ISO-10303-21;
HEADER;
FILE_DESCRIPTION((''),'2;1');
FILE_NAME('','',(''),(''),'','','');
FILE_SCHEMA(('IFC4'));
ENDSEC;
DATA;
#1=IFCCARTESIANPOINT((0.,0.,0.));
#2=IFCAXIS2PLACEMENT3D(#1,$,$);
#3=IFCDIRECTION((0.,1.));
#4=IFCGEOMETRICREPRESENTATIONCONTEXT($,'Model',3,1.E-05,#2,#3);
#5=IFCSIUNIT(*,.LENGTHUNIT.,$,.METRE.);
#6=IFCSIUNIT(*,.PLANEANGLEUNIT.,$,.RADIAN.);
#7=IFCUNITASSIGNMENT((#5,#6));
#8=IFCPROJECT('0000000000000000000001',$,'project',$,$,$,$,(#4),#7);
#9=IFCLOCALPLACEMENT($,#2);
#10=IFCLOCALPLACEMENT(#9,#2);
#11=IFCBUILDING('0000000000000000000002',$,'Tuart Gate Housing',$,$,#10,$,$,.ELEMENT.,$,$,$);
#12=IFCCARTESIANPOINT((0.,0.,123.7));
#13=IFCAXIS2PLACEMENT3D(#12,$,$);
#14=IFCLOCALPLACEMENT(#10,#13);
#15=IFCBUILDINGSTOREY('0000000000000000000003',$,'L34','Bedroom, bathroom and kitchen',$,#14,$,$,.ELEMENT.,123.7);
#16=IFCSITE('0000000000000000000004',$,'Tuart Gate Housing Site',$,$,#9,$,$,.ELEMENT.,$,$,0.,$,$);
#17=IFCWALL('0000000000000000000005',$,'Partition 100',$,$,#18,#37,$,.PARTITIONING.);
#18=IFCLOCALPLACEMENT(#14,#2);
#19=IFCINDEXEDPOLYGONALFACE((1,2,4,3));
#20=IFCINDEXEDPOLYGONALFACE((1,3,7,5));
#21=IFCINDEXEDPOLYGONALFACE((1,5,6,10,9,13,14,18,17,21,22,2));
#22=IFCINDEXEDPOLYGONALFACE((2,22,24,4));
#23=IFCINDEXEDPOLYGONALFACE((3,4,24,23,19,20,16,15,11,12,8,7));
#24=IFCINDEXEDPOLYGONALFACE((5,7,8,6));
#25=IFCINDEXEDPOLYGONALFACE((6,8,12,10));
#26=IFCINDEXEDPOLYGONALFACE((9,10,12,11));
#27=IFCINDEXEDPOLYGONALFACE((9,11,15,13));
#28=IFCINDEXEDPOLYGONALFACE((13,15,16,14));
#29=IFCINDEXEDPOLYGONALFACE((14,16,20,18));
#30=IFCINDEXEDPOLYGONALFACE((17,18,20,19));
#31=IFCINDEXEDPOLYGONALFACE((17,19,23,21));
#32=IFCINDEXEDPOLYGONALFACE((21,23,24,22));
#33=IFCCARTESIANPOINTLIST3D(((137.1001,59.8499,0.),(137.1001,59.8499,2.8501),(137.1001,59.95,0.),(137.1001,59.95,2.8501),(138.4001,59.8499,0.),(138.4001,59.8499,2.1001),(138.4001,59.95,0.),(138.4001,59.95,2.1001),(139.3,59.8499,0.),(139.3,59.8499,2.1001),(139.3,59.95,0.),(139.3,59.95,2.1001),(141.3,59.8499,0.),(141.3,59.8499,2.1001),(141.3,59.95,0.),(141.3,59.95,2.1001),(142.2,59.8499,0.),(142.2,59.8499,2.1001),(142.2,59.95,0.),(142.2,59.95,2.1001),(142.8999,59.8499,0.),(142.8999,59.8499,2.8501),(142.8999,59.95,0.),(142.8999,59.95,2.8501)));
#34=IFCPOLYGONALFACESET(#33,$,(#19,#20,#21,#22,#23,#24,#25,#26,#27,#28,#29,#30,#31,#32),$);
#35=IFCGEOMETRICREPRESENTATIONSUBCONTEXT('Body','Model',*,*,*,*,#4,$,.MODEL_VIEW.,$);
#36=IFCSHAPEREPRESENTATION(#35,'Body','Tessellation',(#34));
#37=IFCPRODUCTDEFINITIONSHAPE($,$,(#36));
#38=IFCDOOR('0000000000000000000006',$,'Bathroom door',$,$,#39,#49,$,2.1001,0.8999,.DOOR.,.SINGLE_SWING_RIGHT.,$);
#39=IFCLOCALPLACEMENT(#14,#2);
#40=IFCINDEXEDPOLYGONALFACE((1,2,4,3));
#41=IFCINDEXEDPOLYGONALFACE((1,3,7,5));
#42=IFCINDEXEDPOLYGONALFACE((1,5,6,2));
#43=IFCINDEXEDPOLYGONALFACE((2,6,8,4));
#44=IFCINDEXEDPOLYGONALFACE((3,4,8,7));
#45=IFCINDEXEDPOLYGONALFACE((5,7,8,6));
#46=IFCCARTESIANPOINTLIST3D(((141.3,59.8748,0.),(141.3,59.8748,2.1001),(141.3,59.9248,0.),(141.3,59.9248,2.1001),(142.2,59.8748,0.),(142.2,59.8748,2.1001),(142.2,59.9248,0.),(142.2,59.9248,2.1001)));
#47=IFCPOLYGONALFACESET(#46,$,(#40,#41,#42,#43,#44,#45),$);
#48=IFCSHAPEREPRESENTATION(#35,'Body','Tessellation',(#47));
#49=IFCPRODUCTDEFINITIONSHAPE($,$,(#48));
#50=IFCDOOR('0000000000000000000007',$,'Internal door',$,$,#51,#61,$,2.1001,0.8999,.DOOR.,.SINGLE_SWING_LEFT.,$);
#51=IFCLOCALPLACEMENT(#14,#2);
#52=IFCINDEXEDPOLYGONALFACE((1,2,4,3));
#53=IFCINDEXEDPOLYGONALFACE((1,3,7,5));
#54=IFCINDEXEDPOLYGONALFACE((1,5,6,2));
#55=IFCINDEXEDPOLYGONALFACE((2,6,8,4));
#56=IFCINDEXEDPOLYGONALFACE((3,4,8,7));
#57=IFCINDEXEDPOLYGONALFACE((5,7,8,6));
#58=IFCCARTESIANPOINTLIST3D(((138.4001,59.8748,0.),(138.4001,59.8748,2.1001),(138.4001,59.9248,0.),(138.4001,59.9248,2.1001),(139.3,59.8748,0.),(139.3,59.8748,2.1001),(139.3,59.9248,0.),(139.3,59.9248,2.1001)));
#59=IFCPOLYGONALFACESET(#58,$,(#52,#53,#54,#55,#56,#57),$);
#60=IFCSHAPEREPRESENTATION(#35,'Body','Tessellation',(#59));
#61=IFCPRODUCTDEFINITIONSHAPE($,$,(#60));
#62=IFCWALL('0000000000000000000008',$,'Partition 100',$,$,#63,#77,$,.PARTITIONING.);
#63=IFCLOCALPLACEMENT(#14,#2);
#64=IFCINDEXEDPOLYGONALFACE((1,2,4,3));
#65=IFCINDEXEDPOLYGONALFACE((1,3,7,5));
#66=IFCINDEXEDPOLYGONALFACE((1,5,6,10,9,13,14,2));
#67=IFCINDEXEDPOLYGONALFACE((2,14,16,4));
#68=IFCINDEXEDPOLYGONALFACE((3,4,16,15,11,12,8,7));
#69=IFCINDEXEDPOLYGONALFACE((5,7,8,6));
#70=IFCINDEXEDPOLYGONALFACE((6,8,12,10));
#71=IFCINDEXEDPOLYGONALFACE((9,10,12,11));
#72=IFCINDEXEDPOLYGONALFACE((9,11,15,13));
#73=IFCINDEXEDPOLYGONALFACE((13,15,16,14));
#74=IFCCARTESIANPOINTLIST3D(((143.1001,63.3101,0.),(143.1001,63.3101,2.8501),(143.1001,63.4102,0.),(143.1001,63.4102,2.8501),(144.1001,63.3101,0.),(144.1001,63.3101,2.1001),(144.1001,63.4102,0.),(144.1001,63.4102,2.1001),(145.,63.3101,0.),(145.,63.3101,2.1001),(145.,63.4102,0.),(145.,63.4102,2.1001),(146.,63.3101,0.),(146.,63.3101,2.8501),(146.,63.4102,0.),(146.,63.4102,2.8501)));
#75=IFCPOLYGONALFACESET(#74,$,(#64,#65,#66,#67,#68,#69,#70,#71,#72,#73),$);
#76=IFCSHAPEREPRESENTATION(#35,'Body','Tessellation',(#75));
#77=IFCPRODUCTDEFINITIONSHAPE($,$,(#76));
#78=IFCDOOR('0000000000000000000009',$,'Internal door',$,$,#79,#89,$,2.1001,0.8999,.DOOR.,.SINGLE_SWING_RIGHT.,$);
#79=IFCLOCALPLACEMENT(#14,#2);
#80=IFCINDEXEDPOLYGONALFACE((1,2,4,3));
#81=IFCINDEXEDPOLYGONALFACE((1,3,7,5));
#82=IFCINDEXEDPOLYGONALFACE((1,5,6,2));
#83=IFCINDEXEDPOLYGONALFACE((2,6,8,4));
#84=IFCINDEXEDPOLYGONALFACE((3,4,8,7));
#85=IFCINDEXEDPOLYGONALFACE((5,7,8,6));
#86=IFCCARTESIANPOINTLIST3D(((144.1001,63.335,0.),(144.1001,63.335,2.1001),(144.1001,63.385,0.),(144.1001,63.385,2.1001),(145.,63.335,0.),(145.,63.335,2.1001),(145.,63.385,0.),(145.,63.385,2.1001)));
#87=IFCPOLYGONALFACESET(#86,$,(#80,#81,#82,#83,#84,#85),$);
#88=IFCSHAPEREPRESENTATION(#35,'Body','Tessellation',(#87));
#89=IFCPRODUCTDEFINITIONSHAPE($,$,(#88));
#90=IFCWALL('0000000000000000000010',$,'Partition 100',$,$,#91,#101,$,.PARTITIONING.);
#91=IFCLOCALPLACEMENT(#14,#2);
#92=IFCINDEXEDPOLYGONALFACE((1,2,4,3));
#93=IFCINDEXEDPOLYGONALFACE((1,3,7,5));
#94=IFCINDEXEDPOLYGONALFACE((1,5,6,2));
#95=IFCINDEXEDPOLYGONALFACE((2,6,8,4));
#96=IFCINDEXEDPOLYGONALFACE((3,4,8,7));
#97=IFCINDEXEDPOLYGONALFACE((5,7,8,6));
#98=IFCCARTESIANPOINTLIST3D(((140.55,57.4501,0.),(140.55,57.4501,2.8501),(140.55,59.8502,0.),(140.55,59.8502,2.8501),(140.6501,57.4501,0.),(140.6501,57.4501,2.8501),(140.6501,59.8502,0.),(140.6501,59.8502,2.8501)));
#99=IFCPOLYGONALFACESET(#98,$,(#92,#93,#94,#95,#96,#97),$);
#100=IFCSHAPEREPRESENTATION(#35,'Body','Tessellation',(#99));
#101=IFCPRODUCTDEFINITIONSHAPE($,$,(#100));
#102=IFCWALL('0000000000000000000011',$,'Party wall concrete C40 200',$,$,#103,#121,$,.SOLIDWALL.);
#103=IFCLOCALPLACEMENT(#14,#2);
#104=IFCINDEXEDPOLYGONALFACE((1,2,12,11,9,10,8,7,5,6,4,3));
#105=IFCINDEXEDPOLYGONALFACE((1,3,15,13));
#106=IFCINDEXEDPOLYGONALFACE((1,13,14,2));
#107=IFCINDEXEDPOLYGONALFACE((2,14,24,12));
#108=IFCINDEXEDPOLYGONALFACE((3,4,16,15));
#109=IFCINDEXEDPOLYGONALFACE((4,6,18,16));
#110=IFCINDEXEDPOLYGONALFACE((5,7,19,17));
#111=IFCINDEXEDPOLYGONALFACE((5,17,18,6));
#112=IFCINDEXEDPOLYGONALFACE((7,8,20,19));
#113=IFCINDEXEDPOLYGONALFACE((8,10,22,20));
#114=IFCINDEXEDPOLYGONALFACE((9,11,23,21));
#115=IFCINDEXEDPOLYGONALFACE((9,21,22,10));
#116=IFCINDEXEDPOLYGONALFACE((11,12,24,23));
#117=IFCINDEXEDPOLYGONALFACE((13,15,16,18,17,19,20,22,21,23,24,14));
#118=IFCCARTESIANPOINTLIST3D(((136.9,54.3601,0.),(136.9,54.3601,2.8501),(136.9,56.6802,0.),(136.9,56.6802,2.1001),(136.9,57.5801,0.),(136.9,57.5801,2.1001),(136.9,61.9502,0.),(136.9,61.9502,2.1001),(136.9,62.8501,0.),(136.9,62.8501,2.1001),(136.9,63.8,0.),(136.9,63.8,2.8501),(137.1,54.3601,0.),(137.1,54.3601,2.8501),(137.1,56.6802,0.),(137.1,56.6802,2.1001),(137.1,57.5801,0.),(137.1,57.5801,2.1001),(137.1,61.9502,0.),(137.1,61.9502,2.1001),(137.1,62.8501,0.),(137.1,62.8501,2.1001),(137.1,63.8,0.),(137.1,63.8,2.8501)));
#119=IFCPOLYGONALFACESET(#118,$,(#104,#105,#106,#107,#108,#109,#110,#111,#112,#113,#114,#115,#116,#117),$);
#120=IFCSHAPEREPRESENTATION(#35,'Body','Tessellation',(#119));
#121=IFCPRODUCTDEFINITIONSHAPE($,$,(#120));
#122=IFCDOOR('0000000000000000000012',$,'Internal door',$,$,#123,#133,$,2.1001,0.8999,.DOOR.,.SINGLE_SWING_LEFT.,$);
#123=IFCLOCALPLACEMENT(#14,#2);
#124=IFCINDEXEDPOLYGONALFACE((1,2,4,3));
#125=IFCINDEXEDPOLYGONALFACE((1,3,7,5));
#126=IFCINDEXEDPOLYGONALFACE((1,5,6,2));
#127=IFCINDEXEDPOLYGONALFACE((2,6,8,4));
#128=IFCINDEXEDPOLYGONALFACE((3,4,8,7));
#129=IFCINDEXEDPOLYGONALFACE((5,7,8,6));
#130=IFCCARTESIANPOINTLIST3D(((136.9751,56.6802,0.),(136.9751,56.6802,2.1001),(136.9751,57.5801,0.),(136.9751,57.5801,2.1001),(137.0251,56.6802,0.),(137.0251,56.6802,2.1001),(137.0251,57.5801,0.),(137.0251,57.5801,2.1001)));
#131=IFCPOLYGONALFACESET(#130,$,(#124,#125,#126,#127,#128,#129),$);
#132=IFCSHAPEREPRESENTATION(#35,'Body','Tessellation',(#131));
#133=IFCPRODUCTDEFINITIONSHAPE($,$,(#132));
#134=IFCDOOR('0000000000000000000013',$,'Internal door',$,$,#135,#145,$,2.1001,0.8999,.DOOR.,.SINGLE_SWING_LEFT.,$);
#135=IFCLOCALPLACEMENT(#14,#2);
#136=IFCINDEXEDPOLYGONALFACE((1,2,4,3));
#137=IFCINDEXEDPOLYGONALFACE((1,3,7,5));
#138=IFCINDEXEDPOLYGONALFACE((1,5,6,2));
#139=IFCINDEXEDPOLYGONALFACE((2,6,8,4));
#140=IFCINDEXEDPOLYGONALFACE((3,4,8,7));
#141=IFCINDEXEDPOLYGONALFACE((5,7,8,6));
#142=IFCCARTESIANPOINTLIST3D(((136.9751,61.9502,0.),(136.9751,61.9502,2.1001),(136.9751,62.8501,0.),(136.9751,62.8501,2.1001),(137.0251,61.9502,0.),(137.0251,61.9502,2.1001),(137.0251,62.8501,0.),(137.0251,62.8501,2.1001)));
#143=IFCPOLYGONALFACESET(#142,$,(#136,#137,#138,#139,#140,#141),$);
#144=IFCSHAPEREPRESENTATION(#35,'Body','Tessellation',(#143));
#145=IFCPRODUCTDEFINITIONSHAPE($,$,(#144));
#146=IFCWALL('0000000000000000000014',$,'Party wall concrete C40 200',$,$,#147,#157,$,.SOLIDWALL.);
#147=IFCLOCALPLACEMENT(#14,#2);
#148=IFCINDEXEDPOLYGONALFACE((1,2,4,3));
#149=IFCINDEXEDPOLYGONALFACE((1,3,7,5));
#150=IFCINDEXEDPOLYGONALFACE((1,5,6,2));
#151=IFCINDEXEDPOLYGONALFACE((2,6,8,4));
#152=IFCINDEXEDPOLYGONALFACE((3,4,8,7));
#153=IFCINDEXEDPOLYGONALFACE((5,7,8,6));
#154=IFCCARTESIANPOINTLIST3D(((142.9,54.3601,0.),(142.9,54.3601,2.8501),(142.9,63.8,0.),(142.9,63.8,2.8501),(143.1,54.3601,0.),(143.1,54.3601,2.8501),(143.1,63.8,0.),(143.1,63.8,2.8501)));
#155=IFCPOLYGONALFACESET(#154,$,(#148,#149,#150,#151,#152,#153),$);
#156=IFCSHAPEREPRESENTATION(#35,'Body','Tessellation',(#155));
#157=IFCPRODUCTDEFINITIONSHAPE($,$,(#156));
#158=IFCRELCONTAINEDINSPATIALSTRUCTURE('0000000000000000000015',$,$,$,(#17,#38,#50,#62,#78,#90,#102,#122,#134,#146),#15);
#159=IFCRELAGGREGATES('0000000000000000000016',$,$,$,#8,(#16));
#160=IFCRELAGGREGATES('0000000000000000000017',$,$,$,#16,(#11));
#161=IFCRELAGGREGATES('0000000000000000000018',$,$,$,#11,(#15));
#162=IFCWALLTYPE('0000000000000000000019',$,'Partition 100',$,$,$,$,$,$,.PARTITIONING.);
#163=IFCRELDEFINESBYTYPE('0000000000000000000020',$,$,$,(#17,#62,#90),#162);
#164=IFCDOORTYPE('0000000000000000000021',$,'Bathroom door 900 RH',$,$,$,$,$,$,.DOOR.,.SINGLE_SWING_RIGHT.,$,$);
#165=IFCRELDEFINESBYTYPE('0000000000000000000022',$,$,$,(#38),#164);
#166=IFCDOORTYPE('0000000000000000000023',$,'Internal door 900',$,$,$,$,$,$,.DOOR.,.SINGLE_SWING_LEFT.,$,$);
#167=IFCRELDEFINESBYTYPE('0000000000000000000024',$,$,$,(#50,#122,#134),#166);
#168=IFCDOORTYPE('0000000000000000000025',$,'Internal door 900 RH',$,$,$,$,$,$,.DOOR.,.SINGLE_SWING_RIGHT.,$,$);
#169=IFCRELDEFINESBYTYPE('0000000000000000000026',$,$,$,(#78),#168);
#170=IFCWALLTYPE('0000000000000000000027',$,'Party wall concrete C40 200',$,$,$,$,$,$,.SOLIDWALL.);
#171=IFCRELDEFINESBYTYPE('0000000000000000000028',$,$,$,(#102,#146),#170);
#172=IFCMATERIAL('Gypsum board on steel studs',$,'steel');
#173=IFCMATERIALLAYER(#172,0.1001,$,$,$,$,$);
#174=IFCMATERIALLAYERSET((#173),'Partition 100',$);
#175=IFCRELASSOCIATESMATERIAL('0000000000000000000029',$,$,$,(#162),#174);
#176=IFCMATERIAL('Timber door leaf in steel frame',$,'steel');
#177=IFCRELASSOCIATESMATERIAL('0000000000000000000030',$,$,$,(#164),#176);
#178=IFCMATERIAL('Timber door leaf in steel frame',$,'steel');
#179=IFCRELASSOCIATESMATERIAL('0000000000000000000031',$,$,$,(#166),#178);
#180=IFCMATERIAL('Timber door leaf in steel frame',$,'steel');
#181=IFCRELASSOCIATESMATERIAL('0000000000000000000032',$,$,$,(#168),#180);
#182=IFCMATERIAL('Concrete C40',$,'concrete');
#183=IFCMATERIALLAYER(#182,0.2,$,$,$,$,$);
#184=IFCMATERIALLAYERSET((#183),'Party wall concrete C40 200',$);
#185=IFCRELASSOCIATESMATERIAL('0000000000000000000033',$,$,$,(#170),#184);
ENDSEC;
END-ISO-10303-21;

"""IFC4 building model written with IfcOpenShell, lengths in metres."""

from ifc_helpers import new_model, si_unit, direction, frame, frame_2d, origin, place, context, subcontext, project, spatial, rectangle, extrude, material, layer, layer_set, type_object, element, fill, save


model = new_model("IFC4")

# Units and contexts
model_context = context("Model", 3, precision=1e-05, world=origin(), true_north=direction((0.0, 1.0)))
body_context = subcontext(model_context, "Body", "Model", "MODEL_VIEW")
ifc_project = project(units=[si_unit("LENGTHUNIT", "METRE"), si_unit("PLANEANGLEUNIT", "RADIAN")], contexts=[model_context])

# Site, building, storey
site_placement = place(None, origin())
site = spatial("IfcSite", under=ifc_project, at=site_placement, Name="Tuart Gate Housing Site", CompositionType="ELEMENT", RefElevation=0.0)
building_placement = place(site_placement, origin())
building = spatial("IfcBuilding", under=site, at=building_placement, Name="Tuart Gate Housing", CompositionType="ELEMENT")
storey_placement = place(building_placement, frame((0.0, 0.0, 123.7)))
storey = spatial("IfcBuildingStorey", under=building, at=storey_placement, Name="L34", Description="Bedroom, bathroom and kitchen", CompositionType="ELEMENT", Elevation=123.7)

# Shared definitions
ifc_material_1 = material(Name="Gypsum board on steel studs", Category="steel")
ifc_layer_1 = layer(ifc_material_1, 0.1001)
ifc_layer_set_1 = layer_set([ifc_layer_1], Name="Partition 100")
wall_type_1 = type_object("IfcWallType", Name="Partition 100", PredefinedType="PARTITIONING", material=ifc_layer_set_1)

# Wall, openings, doors
wall_1_placement = place(storey_placement, frame((137.1001, 59.8999, 0.0), z_axis=(0.0, 0.0, 1.0), x_axis=(1.0, 0.0, 0.0)))
wall_1 = element("IfcWall", 1, at=wall_1_placement, inside=storey, type_object=wall_type_1, Name="Partition 100", PredefinedType="PARTITIONING", context=body_context, shape_type="SweptSolid", body=[
    extrude(rectangle(XDim=5.7998, YDim=0.1001, at=frame_2d((2.8999, 0.0))), origin(), (0.0, 0.0, 1.0), 2.8501),
])
opening_1_placement = place(wall_1_placement, frame((1.3, 0.0, 0.0)))
opening_1 = element("IfcOpeningElement", 2, at=opening_1_placement, cuts=wall_1, PredefinedType="OPENING", context=body_context, shape_type="SweptSolid", body=[
    extrude(rectangle(XDim=0.8999, YDim=2.1001, at=frame_2d((0.45, 1.05))), frame((0.0, 0.0601, 0.0), z_axis=(0.0, -1.0, 0.0), x_axis=(1.0, 0.0, 0.0)), (0.0, 0.0, 1.0), 0.1201),
])
opening_2_placement = place(wall_1_placement, frame((4.2, 0.0, 0.0)))
opening_2 = element("IfcOpeningElement", 3, at=opening_2_placement, cuts=wall_1, PredefinedType="OPENING", context=body_context, shape_type="SweptSolid", body=[
    extrude(rectangle(XDim=0.8999, YDim=2.1001, at=frame_2d((0.45, 1.05))), frame((0.0, 0.0601, 0.0), z_axis=(0.0, -1.0, 0.0), x_axis=(1.0, 0.0, 0.0)), (0.0, 0.0, 1.0), 0.1201),
])
ifc_material_2 = material(Name="Timber door leaf in steel frame", Category="steel")
door_type_1 = type_object("IfcDoorType", Name="Bathroom door 900 RH", OperationType="SINGLE_SWING_RIGHT", PredefinedType="DOOR", material=ifc_material_2)
door_1_placement = place(opening_2_placement, frame((0.8999, 0.0, 0.0), z_axis=(0.0, 0.0, 1.0), x_axis=(-1.0, 0.0, 0.0)))
door_1 = element("IfcDoor", 4, at=door_1_placement, inside=storey, type_object=door_type_1, Name="Bathroom door", OperationType="SINGLE_SWING_RIGHT", OverallHeight=2.1001, OverallWidth=0.8999, PredefinedType="DOOR", context=body_context, shape_type="SweptSolid", body=[
    extrude(rectangle(XDim=0.8999, YDim=2.1001, at=frame_2d((0.45, 1.05))), frame((0.0, 0.0251, 0.0), z_axis=(0.0, -1.0, 0.0), x_axis=(1.0, 0.0, 0.0)), (0.0, 0.0, 1.0), 0.05),
])
fill(opening_2, door_1)
ifc_material_3 = material(Name="Timber door leaf in steel frame", Category="steel")
door_type_2 = type_object("IfcDoorType", Name="Internal door 900", OperationType="SINGLE_SWING_LEFT", PredefinedType="DOOR", material=ifc_material_3)
door_2_placement = place(opening_1_placement, origin())
door_2 = element("IfcDoor", 5, at=door_2_placement, inside=storey, type_object=door_type_2, Name="Internal door", OperationType="SINGLE_SWING_LEFT", OverallHeight=2.1001, OverallWidth=0.8999, PredefinedType="DOOR", context=body_context, shape_type="SweptSolid", body=[
    extrude(rectangle(XDim=0.8999, YDim=2.1001, at=frame_2d((0.45, 1.05))), frame((0.0, 0.0249, 0.0), z_axis=(0.0, -1.0, 0.0), x_axis=(1.0, 0.0, 0.0)), (0.0, 0.0, 1.0), 0.05),
])
fill(opening_1, door_2)

# Wall, opening, door
wall_2_placement = place(storey_placement, frame((143.1001, 63.3601, 0.0), z_axis=(0.0, 0.0, 1.0), x_axis=(1.0, 0.0, 0.0)))
wall_2 = element("IfcWall", 6, at=wall_2_placement, inside=storey, type_object=wall_type_1, Name="Partition 100", PredefinedType="PARTITIONING", context=body_context, shape_type="SweptSolid", body=[
    extrude(rectangle(XDim=2.8999, YDim=0.1001, at=frame_2d((1.45, 0.0))), origin(), (0.0, 0.0, 1.0), 2.8501),
])
opening_3_placement = place(wall_2_placement, frame((1.0, 0.0, 0.0)))
opening_3 = element("IfcOpeningElement", 7, at=opening_3_placement, cuts=wall_2, PredefinedType="OPENING", context=body_context, shape_type="SweptSolid", body=[
    extrude(rectangle(XDim=0.8999, YDim=2.1001, at=frame_2d((0.45, 1.05))), frame((0.0, 0.0601, 0.0), z_axis=(0.0, -1.0, 0.0), x_axis=(1.0, 0.0, 0.0)), (0.0, 0.0, 1.0), 0.1201),
])
ifc_material_4 = material(Name="Timber door leaf in steel frame", Category="steel")
door_type_3 = type_object("IfcDoorType", Name="Internal door 900 RH", OperationType="SINGLE_SWING_RIGHT", PredefinedType="DOOR", material=ifc_material_4)
door_3_placement = place(opening_3_placement, origin())
door_3 = element("IfcDoor", 8, at=door_3_placement, inside=storey, type_object=door_type_3, Name="Internal door", OperationType="SINGLE_SWING_RIGHT", OverallHeight=2.1001, OverallWidth=0.8999, PredefinedType="DOOR", context=body_context, shape_type="SweptSolid", body=[
    extrude(rectangle(XDim=0.8999, YDim=2.1001, at=frame_2d((0.45, 1.05))), frame((0.0, 0.0249, 0.0), z_axis=(0.0, -1.0, 0.0), x_axis=(1.0, 0.0, 0.0)), (0.0, 0.0, 1.0), 0.05),
])
fill(opening_3, door_3)

# Wall
wall_3_placement = place(storey_placement, frame((140.6001, 57.45, 0.0), z_axis=(0.0, 0.0, 1.0), x_axis=(0.0, 1.0, 0.0)))
element("IfcWall", 9, at=wall_3_placement, inside=storey, type_object=wall_type_1, Name="Partition 100", PredefinedType="PARTITIONING", context=body_context, shape_type="SweptSolid", body=[
    extrude(rectangle(XDim=2.4001, YDim=0.1001, at=frame_2d((1.2002, 0.0))), origin(), (0.0, 0.0, 1.0), 2.8501),
])

# Wall, openings, doors
ifc_material_5 = material(Name="Concrete C40", Category="concrete")
ifc_layer_2 = layer(ifc_material_5, 0.2)
ifc_layer_set_2 = layer_set([ifc_layer_2], Name="Party wall concrete C40 200")
wall_type_2 = type_object("IfcWallType", Name="Party wall concrete C40 200", PredefinedType="SOLIDWALL", material=ifc_layer_set_2)
wall_4_placement = place(storey_placement, frame((137.0, 54.3601, 0.0), z_axis=(0.0, 0.0, 1.0), x_axis=(0.0, 1.0, 0.0)))
wall_4 = element("IfcWall", 10, at=wall_4_placement, inside=storey, type_object=wall_type_2, Name="Party wall concrete C40 200", PredefinedType="SOLIDWALL", context=body_context, shape_type="SweptSolid", body=[
    extrude(rectangle(XDim=9.4399, YDim=0.2, at=frame_2d((4.72, 0.0))), origin(), (0.0, 0.0, 1.0), 2.8501),
])
opening_4_placement = place(wall_4_placement, frame((2.3201, 0.0, 0.0)))
opening_4 = element("IfcOpeningElement", 11, at=opening_4_placement, cuts=wall_4, PredefinedType="OPENING", context=body_context, shape_type="SweptSolid", body=[
    extrude(rectangle(XDim=0.8999, YDim=2.1001, at=frame_2d((0.45, 1.05))), frame((0.0, 0.1099, 0.0), z_axis=(0.0, -1.0, 0.0), x_axis=(1.0, 0.0, 0.0)), (0.0, 0.0, 1.0), 0.22),
])
opening_5_placement = place(wall_4_placement, frame((7.5901, 0.0, 0.0)))
opening_5 = element("IfcOpeningElement", 12, at=opening_5_placement, cuts=wall_4, PredefinedType="OPENING", context=body_context, shape_type="SweptSolid", body=[
    extrude(rectangle(XDim=0.8999, YDim=2.1001, at=frame_2d((0.45, 1.05))), frame((0.0, 0.1099, 0.0), z_axis=(0.0, -1.0, 0.0), x_axis=(1.0, 0.0, 0.0)), (0.0, 0.0, 1.0), 0.22),
])
door_4_placement = place(opening_4_placement, origin())
door_4 = element("IfcDoor", 13, at=door_4_placement, inside=storey, type_object=door_type_2, Name="Internal door", OperationType="SINGLE_SWING_LEFT", OverallHeight=2.1001, OverallWidth=0.8999, PredefinedType="DOOR", context=body_context, shape_type="SweptSolid", body=[
    extrude(rectangle(XDim=0.8999, YDim=2.1001, at=frame_2d((0.45, 1.05))), frame((0.0, 0.0249, 0.0), z_axis=(0.0, -1.0, 0.0), x_axis=(1.0, 0.0, 0.0)), (0.0, 0.0, 1.0), 0.05),
])
fill(opening_4, door_4)
door_5_placement = place(opening_5_placement, origin())
door_5 = element("IfcDoor", 14, at=door_5_placement, inside=storey, type_object=door_type_2, Name="Internal door", OperationType="SINGLE_SWING_LEFT", OverallHeight=2.1001, OverallWidth=0.8999, PredefinedType="DOOR", context=body_context, shape_type="SweptSolid", body=[
    extrude(rectangle(XDim=0.8999, YDim=2.1001, at=frame_2d((0.45, 1.05))), frame((0.0, 0.0249, 0.0), z_axis=(0.0, -1.0, 0.0), x_axis=(1.0, 0.0, 0.0)), (0.0, 0.0, 1.0), 0.05),
])
fill(opening_5, door_5)

# Wall
wall_5_placement = place(storey_placement, frame((143.0, 54.3601, 0.0), z_axis=(0.0, 0.0, 1.0), x_axis=(0.0, 1.0, 0.0)))
element("IfcWall", 15, at=wall_5_placement, inside=storey, type_object=wall_type_2, Name="Party wall concrete C40 200", PredefinedType="SOLIDWALL", context=body_context, shape_type="SweptSolid", body=[
    extrude(rectangle(XDim=9.4399, YDim=0.2, at=frame_2d((4.72, 0.0))), origin(), (0.0, 0.0, 1.0), 2.8501),
])

save(model, "model.ifc")
